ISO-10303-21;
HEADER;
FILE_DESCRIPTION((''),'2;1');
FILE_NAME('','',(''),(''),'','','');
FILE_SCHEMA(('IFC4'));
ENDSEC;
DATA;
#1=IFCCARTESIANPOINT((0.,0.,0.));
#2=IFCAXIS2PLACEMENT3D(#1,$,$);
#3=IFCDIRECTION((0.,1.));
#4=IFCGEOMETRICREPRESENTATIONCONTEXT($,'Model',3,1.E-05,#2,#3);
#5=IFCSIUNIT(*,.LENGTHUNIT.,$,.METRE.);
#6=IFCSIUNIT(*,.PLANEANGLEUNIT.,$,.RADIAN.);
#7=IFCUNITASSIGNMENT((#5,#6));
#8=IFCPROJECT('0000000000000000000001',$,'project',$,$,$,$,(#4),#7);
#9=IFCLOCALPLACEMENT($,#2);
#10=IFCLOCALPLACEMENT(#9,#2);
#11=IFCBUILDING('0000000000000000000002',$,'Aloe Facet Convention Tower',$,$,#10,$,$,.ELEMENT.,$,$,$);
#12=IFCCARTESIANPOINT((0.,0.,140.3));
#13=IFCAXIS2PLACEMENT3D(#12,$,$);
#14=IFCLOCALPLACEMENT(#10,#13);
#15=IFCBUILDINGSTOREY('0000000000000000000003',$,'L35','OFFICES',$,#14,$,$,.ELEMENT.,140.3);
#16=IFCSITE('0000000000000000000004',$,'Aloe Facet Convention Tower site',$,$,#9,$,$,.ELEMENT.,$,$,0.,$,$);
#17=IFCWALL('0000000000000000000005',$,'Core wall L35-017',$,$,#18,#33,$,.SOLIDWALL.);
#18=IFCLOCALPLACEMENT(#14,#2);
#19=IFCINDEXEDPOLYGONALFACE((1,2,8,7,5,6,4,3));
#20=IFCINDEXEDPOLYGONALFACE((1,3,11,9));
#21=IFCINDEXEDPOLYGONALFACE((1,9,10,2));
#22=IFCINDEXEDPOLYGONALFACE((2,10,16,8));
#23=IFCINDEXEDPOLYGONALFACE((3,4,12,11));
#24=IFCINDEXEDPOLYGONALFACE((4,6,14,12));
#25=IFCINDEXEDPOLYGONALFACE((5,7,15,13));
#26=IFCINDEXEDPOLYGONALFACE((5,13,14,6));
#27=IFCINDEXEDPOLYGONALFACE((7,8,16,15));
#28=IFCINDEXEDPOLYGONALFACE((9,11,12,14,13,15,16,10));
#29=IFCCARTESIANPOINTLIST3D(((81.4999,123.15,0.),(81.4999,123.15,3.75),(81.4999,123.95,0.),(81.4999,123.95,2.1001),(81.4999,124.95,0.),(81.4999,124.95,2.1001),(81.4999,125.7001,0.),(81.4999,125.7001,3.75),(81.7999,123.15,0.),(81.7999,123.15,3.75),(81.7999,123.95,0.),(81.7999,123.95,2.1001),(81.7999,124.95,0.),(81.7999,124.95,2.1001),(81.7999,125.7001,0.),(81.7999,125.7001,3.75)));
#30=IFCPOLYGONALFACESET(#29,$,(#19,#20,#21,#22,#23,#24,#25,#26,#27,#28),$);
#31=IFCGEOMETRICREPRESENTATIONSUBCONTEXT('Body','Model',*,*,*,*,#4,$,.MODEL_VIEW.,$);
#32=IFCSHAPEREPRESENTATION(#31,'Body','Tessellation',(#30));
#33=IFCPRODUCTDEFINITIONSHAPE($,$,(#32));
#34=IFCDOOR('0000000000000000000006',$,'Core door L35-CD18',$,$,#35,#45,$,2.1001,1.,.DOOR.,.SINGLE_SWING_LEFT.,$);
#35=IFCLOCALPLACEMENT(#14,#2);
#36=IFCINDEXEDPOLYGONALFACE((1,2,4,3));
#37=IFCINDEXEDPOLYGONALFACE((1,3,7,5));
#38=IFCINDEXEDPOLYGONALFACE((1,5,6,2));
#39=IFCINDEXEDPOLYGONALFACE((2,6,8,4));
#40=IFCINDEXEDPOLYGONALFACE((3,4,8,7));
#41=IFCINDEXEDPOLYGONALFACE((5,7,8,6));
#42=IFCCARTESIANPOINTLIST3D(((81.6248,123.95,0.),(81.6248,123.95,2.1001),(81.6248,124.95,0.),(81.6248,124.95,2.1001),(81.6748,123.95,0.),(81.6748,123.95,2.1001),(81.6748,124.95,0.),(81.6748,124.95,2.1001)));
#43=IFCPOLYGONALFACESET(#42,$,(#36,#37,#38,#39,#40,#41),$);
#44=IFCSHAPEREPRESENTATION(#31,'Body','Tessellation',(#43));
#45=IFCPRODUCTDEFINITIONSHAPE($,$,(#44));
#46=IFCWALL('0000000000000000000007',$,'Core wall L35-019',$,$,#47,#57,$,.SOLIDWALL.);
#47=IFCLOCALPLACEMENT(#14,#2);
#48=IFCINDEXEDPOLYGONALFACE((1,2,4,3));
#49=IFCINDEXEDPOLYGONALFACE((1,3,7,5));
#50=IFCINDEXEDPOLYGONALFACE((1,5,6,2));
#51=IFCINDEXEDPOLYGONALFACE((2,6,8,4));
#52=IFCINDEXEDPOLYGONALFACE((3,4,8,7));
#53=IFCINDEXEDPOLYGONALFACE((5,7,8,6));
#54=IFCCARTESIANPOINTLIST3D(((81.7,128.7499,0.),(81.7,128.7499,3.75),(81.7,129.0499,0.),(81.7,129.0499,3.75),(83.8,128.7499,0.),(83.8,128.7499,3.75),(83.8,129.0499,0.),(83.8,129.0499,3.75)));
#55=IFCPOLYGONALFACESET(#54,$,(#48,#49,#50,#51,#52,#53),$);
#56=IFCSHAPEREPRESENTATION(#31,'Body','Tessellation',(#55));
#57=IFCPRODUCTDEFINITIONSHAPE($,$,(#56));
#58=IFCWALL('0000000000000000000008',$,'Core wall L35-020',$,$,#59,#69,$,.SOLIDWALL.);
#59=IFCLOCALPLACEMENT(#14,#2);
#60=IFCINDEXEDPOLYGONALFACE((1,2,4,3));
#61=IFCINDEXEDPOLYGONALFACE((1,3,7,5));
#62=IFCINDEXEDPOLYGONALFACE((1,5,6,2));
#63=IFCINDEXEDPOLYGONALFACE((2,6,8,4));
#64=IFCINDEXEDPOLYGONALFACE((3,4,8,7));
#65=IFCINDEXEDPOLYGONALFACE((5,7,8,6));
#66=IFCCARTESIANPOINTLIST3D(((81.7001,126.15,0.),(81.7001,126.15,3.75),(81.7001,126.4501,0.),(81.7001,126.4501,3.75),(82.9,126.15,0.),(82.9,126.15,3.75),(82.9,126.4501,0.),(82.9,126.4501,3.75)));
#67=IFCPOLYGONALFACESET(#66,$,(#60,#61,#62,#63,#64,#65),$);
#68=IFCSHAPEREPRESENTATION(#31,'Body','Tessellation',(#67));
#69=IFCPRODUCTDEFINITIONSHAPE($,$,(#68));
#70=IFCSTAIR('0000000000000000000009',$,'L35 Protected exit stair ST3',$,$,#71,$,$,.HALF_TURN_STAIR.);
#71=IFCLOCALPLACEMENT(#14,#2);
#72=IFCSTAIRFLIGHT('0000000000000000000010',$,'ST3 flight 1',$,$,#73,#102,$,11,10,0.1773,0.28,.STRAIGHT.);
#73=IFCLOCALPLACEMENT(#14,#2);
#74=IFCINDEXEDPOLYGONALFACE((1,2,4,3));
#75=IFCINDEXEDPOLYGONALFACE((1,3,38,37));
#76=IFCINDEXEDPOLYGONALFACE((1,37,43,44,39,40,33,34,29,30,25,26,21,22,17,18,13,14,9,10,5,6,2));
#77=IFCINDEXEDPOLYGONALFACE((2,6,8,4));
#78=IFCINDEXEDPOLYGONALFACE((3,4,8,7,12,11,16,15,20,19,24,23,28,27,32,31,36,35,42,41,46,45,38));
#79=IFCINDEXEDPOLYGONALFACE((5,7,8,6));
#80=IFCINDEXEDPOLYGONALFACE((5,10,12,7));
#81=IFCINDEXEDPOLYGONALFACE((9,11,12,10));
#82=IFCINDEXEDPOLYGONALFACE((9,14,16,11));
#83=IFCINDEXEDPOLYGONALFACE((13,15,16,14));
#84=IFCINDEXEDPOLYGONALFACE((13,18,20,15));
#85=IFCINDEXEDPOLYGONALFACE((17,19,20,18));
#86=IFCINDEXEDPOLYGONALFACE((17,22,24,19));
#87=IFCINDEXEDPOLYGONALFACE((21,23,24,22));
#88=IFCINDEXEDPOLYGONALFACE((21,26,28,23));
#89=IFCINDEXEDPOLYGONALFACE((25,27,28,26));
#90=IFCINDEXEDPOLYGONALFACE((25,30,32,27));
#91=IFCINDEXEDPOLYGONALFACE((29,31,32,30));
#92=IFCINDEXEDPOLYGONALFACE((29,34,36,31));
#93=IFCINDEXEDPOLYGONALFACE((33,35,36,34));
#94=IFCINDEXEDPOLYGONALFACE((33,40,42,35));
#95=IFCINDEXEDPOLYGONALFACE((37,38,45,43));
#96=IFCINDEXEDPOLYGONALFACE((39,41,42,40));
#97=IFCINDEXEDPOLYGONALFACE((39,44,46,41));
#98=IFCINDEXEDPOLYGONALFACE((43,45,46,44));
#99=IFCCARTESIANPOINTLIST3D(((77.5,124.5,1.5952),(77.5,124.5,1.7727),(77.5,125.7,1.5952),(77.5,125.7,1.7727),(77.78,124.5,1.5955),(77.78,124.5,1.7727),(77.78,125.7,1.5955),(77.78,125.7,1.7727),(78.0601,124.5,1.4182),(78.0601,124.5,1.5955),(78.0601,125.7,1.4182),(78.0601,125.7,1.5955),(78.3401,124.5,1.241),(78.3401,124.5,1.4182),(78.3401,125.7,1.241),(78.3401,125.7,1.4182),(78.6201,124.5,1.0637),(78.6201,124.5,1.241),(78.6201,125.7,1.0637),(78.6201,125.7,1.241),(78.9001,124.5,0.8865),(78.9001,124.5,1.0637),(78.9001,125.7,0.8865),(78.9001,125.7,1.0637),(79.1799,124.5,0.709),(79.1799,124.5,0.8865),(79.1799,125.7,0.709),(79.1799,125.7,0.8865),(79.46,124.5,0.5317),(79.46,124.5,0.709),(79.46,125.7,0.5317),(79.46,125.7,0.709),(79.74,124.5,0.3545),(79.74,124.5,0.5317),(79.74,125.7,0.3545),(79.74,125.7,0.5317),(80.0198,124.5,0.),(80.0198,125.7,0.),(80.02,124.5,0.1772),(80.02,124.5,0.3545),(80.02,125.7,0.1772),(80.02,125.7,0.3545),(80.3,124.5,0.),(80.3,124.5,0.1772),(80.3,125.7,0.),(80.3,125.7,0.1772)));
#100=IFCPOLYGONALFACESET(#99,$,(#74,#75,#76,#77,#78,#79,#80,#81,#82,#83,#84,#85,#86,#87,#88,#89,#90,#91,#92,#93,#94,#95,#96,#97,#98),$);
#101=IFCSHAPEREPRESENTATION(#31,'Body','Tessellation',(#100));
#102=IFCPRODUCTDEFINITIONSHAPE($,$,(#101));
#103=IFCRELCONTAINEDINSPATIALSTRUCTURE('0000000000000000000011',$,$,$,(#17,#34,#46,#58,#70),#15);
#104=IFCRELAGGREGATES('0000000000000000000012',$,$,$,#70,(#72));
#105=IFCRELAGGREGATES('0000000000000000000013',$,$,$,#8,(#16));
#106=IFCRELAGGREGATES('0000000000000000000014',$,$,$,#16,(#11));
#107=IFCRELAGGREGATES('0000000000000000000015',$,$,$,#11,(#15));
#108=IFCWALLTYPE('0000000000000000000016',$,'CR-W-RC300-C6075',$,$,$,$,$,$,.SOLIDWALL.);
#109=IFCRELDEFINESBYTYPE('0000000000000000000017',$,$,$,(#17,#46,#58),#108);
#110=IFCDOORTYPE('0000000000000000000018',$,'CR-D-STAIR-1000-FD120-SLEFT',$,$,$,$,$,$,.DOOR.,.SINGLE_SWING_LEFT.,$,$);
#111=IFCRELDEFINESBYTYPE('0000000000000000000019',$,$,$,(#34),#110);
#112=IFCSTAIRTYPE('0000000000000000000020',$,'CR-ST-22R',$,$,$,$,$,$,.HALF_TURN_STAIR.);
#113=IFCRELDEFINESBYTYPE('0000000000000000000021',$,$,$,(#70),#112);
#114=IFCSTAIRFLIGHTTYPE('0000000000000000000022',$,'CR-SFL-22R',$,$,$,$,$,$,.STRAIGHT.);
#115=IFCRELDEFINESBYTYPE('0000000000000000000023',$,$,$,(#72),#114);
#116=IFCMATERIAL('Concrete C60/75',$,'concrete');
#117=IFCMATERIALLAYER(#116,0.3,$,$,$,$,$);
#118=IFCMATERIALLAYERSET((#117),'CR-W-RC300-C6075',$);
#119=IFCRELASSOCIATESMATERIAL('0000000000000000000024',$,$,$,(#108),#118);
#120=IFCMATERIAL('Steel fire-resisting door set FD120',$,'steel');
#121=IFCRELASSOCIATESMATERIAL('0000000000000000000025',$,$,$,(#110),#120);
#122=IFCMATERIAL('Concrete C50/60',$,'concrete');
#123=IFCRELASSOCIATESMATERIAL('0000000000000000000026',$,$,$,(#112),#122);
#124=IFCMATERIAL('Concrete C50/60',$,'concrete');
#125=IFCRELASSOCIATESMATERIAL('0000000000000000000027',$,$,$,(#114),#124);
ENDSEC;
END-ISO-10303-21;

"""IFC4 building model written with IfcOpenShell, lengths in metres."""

from ifc_helpers import new_model, si_unit, direction, frame, frame_2d, origin, place, context, subcontext, project, spatial, polyline, rectangle, outline, extrude, material, layer, layer_set, type_object, element, fill, aggregate, save


model = new_model("IFC4")

# Units and contexts
model_context = context("Model", 3, precision=1e-05, world=origin(), true_north=direction((0.0, 1.0)))
body_context = subcontext(model_context, "Body", "Model", "MODEL_VIEW")
ifc_project = project(units=[si_unit("LENGTHUNIT", "METRE"), si_unit("PLANEANGLEUNIT", "RADIAN")], contexts=[model_context])

# Site, building, storey
site_placement = place(None, origin())
site = spatial("IfcSite", under=ifc_project, at=site_placement, Name="Aloe Facet Convention Tower site", CompositionType="ELEMENT", RefElevation=0.0)
building_placement = place(site_placement, origin())
building = spatial("IfcBuilding", under=site, at=building_placement, Name="Aloe Facet Convention Tower", CompositionType="ELEMENT")
storey_placement = place(building_placement, frame((0.0, 0.0, 140.3)))
storey = spatial("IfcBuildingStorey", under=building, at=storey_placement, Name="L35", Description="OFFICES", CompositionType="ELEMENT", Elevation=140.3)

# Shared definitions
ifc_material_1 = material(Name="Concrete C60/75", Category="concrete")
ifc_layer = layer(ifc_material_1, 0.3)
ifc_layer_set = layer_set([ifc_layer], Name="CR-W-RC300-C6075")
wall_type = type_object("IfcWallType", Name="CR-W-RC300-C6075", PredefinedType="SOLIDWALL", material=ifc_layer_set)

# Wall, opening, door
wall_1_placement = place(storey_placement, frame((81.6499, 125.7, 0.0), z_axis=(0.0, 0.0, 1.0), x_axis=(0.0, -1.0, 0.0)))
wall_1 = element("IfcWall", 1, at=wall_1_placement, inside=storey, type_object=wall_type, Name="Core wall L35-017", PredefinedType="SOLIDWALL", context=body_context, shape_type="SweptSolid", body=[
    extrude(rectangle(XDim=2.55, YDim=0.3, at=frame_2d((1.2749, 0.0))), origin(), (0.0, 0.0, 1.0), 3.75),
])
opening_1_placement = place(wall_1_placement, frame((0.75, 0.0, 0.0)))
opening_1 = element("IfcOpeningElement", 2, at=opening_1_placement, cuts=wall_1, PredefinedType="OPENING", context=body_context, shape_type="SweptSolid", body=[
    extrude(rectangle(XDim=1.0, YDim=2.1001, at=frame_2d((0.5, 1.05))), frame((0.0, 0.1602, 0.0), z_axis=(0.0, -1.0, 0.0), x_axis=(1.0, 0.0, 0.0)), (0.0, 0.0, 1.0), 0.3201),
])
ifc_material_2 = material(Name="Steel fire-resisting door set FD120", Category="steel")
door_type_1 = type_object("IfcDoorType", Name="CR-D-STAIR-1000-FD120-SLEFT", OperationType="SINGLE_SWING_LEFT", PredefinedType="DOOR", material=ifc_material_2)
door_1_placement = place(opening_1_placement, origin())
door_1 = element("IfcDoor", 3, at=door_1_placement, inside=storey, type_object=door_type_1, Name="Core door L35-CD18", OperationType="SINGLE_SWING_LEFT", OverallHeight=2.1001, OverallWidth=1.0, PredefinedType="DOOR", context=body_context, shape_type="SweptSolid", body=[
    extrude(rectangle(XDim=1.0, YDim=2.1001, at=frame_2d((0.5, 1.05))), frame((0.0, 0.0249, 0.0), z_axis=(0.0, -1.0, 0.0), x_axis=(1.0, 0.0, 0.0)), (0.0, 0.0, 1.0), 0.05),
])
fill(opening_1, door_1)

# Walls
wall_2_placement = place(storey_placement, frame((81.7, 128.8999, 0.0), z_axis=(0.0, 0.0, 1.0), x_axis=(1.0, 0.0, 0.0)))
element("IfcWall", 4, at=wall_2_placement, inside=storey, type_object=wall_type, Name="Core wall L35-019", PredefinedType="SOLIDWALL", context=body_context, shape_type="SweptSolid", body=[
    extrude(rectangle(XDim=2.1001, YDim=0.3, at=frame_2d((1.05, 0.0))), origin(), (0.0, 0.0, 1.0), 3.75),
])
wall_3_placement = place(storey_placement, frame((81.7, 126.3, 0.0), z_axis=(0.0, 0.0, 1.0), x_axis=(1.0, 0.0, 0.0)))
element("IfcWall", 5, at=wall_3_placement, inside=storey, type_object=wall_type, Name="Core wall L35-020", PredefinedType="SOLIDWALL", context=body_context, shape_type="SweptSolid", body=[
    extrude(rectangle(XDim=1.2, YDim=0.3, at=frame_2d((0.6001, 0.0))), origin(), (0.0, 0.0, 1.0), 3.75),
])

# Stair, stair flight
ifc_material_3 = material(Name="Concrete C50/60", Category="concrete")
stair_type = type_object("IfcStairType", Name="CR-ST-22R", PredefinedType="HALF_TURN_STAIR", material=ifc_material_3)
stair_placement = place(storey_placement, origin())
stair = element("IfcStair", 6, at=stair_placement, inside=storey, type_object=stair_type, Name="L35 Protected exit stair ST3", PredefinedType="HALF_TURN_STAIR")
ifc_material_4 = material(Name="Concrete C50/60", Category="concrete")
stair_flight_type = type_object("IfcStairFlightType", Name="CR-SFL-22R", PredefinedType="STRAIGHT", material=ifc_material_4)
stair_flight_placement = place(storey_placement, frame((80.3, 125.1001, 0.0), z_axis=(0.0, 0.0, 1.0), x_axis=(-1.0, 0.0, 0.0)))
stair_flight = element("IfcStairFlight", 7, at=stair_flight_placement, type_object=stair_flight_type, Name="ST3 flight 1", NumberOfRisers=11, NumberOfTreads=10, PredefinedType="STRAIGHT", RiserHeight=0.1773, TreadLength=0.28, context=body_context, shape_type="SweptSolid", body=[
    extrude(outline(polyline([(0.0, 0.0), (0.0, 0.1772), (0.28, 0.1772), (0.28, 0.3545), (0.5601, 0.3545), (0.5601, 0.5317), (0.8401, 0.5317), (0.8401, 0.709), (1.1201, 0.709), (1.1201, 0.8865), (1.3999, 0.8865), (1.3999, 1.0637), (1.6799, 1.0637), (1.6799, 1.241), (1.96, 1.241), (1.96, 1.4182), (2.24, 1.4182), (2.24, 1.5955), (2.52, 1.5955), (2.52, 1.7727), (2.8, 1.7727), (2.8, 1.95), (2.8, 1.5952), (0.2803, 0.0), (0.0, 0.0)])), frame((0.0, 0.6001, 0.0), z_axis=(0.0, -1.0, 0.0), x_axis=(1.0, 0.0, 0.0)), (0.0, 0.0, 1.0), 1.2),
])
aggregate(stair, [stair_flight])

save(model, "model.ifc")
